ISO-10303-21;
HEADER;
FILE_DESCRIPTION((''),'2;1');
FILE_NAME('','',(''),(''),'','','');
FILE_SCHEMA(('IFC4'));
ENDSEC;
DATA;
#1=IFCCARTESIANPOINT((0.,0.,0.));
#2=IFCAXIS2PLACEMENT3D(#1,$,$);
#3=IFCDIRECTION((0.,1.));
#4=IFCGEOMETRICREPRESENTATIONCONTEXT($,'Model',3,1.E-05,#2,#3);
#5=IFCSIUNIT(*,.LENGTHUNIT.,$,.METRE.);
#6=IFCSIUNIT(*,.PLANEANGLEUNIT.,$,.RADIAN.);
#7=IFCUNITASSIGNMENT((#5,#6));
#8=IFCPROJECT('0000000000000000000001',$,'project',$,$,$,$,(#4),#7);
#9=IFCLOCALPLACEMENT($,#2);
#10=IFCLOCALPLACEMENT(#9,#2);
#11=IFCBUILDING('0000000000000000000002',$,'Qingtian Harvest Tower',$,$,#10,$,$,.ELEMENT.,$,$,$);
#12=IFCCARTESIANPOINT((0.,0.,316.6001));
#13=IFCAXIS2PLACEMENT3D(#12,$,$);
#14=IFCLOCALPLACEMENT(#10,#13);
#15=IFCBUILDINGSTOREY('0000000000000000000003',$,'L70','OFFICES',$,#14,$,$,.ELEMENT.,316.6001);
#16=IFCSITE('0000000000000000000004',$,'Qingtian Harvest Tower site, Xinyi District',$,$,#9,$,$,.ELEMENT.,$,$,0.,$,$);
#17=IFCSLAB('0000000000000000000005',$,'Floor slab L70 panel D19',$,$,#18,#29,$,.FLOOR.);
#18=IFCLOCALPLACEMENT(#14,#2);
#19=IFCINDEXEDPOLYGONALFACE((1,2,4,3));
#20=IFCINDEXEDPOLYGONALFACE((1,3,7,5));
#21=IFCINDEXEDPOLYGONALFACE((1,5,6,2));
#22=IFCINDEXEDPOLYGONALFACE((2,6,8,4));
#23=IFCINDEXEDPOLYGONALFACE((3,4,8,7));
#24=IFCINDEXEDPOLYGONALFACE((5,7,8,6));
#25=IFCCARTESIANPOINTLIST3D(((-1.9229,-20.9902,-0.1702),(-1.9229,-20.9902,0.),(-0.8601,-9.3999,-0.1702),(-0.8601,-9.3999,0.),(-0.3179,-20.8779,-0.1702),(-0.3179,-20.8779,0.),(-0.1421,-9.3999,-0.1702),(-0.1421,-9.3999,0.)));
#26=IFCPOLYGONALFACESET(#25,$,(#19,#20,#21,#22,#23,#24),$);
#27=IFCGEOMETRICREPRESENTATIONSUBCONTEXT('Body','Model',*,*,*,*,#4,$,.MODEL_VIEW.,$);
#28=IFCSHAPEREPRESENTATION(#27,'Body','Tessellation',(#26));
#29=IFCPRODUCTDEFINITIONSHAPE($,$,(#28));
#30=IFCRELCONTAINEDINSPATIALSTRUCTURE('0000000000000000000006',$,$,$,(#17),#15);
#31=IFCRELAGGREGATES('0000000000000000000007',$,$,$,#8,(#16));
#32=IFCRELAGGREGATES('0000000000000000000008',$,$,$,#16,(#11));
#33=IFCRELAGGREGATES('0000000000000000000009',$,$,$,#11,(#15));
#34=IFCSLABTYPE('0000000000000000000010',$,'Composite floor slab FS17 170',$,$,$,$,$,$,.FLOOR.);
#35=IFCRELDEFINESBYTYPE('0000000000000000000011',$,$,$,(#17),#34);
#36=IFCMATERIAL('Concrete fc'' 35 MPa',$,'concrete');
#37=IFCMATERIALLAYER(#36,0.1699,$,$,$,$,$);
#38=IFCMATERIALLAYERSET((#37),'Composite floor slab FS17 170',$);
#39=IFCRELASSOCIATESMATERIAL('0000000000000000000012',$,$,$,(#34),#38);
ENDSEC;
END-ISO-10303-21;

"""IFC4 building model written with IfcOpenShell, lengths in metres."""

from ifc_helpers import new_model, si_unit, direction, frame, origin, place, context, subcontext, project, spatial, polyline, outline, extrude, material, layer, layer_set, type_object, element, save


model = new_model("IFC4")

# Units and contexts
model_context = context("Model", 3, precision=1e-05, world=origin(), true_north=direction((0.0, 1.0)))
body_context = subcontext(model_context, "Body", "Model", "MODEL_VIEW")
ifc_project = project(units=[si_unit("LENGTHUNIT", "METRE"), si_unit("PLANEANGLEUNIT", "RADIAN")], contexts=[model_context])

# Site, building, storey
site_placement = place(None, origin())
site = spatial("IfcSite", under=ifc_project, at=site_placement, Name="Qingtian Harvest Tower site, Xinyi District", CompositionType="ELEMENT", RefElevation=0.0)
building_placement = place(site_placement, origin())
building = spatial("IfcBuilding", under=site, at=building_placement, Name="Qingtian Harvest Tower", CompositionType="ELEMENT")
storey_placement = place(building_placement, frame((0.0, 0.0, 316.6001)))
storey = spatial("IfcBuildingStorey", under=building, at=storey_placement, Name="L70", Description="OFFICES", CompositionType="ELEMENT", Elevation=316.6001)

# Slab
ifc_material = material(Name="Concrete fc' 35 MPa", Category="concrete")
ifc_layer = layer(ifc_material, 0.1699)
ifc_layer_set = layer_set([ifc_layer], Name="Composite floor slab FS17 170")
slab_type = type_object("IfcSlabType", Name="Composite floor slab FS17 170", PredefinedType="FLOOR", material=ifc_layer_set)
slab_1_placement = place(storey_placement, frame((0.0, 0.0, -0.1702)))
element("IfcSlab", 1, at=slab_1_placement, inside=storey, type_object=slab_type, Name="Floor slab L70 panel D19", PredefinedType="FLOOR", context=body_context, shape_type="SweptSolid", body=[
    extrude(outline(polyline([(-0.1421, -9.3999), (-0.3179, -20.8779), (-1.9229, -20.9902), (-0.8601, -9.3999), (-0.1421, -9.3999)])), origin(), (0.0, 0.0, 1.0), 0.1702),
])

save(model, "model.ifc")
